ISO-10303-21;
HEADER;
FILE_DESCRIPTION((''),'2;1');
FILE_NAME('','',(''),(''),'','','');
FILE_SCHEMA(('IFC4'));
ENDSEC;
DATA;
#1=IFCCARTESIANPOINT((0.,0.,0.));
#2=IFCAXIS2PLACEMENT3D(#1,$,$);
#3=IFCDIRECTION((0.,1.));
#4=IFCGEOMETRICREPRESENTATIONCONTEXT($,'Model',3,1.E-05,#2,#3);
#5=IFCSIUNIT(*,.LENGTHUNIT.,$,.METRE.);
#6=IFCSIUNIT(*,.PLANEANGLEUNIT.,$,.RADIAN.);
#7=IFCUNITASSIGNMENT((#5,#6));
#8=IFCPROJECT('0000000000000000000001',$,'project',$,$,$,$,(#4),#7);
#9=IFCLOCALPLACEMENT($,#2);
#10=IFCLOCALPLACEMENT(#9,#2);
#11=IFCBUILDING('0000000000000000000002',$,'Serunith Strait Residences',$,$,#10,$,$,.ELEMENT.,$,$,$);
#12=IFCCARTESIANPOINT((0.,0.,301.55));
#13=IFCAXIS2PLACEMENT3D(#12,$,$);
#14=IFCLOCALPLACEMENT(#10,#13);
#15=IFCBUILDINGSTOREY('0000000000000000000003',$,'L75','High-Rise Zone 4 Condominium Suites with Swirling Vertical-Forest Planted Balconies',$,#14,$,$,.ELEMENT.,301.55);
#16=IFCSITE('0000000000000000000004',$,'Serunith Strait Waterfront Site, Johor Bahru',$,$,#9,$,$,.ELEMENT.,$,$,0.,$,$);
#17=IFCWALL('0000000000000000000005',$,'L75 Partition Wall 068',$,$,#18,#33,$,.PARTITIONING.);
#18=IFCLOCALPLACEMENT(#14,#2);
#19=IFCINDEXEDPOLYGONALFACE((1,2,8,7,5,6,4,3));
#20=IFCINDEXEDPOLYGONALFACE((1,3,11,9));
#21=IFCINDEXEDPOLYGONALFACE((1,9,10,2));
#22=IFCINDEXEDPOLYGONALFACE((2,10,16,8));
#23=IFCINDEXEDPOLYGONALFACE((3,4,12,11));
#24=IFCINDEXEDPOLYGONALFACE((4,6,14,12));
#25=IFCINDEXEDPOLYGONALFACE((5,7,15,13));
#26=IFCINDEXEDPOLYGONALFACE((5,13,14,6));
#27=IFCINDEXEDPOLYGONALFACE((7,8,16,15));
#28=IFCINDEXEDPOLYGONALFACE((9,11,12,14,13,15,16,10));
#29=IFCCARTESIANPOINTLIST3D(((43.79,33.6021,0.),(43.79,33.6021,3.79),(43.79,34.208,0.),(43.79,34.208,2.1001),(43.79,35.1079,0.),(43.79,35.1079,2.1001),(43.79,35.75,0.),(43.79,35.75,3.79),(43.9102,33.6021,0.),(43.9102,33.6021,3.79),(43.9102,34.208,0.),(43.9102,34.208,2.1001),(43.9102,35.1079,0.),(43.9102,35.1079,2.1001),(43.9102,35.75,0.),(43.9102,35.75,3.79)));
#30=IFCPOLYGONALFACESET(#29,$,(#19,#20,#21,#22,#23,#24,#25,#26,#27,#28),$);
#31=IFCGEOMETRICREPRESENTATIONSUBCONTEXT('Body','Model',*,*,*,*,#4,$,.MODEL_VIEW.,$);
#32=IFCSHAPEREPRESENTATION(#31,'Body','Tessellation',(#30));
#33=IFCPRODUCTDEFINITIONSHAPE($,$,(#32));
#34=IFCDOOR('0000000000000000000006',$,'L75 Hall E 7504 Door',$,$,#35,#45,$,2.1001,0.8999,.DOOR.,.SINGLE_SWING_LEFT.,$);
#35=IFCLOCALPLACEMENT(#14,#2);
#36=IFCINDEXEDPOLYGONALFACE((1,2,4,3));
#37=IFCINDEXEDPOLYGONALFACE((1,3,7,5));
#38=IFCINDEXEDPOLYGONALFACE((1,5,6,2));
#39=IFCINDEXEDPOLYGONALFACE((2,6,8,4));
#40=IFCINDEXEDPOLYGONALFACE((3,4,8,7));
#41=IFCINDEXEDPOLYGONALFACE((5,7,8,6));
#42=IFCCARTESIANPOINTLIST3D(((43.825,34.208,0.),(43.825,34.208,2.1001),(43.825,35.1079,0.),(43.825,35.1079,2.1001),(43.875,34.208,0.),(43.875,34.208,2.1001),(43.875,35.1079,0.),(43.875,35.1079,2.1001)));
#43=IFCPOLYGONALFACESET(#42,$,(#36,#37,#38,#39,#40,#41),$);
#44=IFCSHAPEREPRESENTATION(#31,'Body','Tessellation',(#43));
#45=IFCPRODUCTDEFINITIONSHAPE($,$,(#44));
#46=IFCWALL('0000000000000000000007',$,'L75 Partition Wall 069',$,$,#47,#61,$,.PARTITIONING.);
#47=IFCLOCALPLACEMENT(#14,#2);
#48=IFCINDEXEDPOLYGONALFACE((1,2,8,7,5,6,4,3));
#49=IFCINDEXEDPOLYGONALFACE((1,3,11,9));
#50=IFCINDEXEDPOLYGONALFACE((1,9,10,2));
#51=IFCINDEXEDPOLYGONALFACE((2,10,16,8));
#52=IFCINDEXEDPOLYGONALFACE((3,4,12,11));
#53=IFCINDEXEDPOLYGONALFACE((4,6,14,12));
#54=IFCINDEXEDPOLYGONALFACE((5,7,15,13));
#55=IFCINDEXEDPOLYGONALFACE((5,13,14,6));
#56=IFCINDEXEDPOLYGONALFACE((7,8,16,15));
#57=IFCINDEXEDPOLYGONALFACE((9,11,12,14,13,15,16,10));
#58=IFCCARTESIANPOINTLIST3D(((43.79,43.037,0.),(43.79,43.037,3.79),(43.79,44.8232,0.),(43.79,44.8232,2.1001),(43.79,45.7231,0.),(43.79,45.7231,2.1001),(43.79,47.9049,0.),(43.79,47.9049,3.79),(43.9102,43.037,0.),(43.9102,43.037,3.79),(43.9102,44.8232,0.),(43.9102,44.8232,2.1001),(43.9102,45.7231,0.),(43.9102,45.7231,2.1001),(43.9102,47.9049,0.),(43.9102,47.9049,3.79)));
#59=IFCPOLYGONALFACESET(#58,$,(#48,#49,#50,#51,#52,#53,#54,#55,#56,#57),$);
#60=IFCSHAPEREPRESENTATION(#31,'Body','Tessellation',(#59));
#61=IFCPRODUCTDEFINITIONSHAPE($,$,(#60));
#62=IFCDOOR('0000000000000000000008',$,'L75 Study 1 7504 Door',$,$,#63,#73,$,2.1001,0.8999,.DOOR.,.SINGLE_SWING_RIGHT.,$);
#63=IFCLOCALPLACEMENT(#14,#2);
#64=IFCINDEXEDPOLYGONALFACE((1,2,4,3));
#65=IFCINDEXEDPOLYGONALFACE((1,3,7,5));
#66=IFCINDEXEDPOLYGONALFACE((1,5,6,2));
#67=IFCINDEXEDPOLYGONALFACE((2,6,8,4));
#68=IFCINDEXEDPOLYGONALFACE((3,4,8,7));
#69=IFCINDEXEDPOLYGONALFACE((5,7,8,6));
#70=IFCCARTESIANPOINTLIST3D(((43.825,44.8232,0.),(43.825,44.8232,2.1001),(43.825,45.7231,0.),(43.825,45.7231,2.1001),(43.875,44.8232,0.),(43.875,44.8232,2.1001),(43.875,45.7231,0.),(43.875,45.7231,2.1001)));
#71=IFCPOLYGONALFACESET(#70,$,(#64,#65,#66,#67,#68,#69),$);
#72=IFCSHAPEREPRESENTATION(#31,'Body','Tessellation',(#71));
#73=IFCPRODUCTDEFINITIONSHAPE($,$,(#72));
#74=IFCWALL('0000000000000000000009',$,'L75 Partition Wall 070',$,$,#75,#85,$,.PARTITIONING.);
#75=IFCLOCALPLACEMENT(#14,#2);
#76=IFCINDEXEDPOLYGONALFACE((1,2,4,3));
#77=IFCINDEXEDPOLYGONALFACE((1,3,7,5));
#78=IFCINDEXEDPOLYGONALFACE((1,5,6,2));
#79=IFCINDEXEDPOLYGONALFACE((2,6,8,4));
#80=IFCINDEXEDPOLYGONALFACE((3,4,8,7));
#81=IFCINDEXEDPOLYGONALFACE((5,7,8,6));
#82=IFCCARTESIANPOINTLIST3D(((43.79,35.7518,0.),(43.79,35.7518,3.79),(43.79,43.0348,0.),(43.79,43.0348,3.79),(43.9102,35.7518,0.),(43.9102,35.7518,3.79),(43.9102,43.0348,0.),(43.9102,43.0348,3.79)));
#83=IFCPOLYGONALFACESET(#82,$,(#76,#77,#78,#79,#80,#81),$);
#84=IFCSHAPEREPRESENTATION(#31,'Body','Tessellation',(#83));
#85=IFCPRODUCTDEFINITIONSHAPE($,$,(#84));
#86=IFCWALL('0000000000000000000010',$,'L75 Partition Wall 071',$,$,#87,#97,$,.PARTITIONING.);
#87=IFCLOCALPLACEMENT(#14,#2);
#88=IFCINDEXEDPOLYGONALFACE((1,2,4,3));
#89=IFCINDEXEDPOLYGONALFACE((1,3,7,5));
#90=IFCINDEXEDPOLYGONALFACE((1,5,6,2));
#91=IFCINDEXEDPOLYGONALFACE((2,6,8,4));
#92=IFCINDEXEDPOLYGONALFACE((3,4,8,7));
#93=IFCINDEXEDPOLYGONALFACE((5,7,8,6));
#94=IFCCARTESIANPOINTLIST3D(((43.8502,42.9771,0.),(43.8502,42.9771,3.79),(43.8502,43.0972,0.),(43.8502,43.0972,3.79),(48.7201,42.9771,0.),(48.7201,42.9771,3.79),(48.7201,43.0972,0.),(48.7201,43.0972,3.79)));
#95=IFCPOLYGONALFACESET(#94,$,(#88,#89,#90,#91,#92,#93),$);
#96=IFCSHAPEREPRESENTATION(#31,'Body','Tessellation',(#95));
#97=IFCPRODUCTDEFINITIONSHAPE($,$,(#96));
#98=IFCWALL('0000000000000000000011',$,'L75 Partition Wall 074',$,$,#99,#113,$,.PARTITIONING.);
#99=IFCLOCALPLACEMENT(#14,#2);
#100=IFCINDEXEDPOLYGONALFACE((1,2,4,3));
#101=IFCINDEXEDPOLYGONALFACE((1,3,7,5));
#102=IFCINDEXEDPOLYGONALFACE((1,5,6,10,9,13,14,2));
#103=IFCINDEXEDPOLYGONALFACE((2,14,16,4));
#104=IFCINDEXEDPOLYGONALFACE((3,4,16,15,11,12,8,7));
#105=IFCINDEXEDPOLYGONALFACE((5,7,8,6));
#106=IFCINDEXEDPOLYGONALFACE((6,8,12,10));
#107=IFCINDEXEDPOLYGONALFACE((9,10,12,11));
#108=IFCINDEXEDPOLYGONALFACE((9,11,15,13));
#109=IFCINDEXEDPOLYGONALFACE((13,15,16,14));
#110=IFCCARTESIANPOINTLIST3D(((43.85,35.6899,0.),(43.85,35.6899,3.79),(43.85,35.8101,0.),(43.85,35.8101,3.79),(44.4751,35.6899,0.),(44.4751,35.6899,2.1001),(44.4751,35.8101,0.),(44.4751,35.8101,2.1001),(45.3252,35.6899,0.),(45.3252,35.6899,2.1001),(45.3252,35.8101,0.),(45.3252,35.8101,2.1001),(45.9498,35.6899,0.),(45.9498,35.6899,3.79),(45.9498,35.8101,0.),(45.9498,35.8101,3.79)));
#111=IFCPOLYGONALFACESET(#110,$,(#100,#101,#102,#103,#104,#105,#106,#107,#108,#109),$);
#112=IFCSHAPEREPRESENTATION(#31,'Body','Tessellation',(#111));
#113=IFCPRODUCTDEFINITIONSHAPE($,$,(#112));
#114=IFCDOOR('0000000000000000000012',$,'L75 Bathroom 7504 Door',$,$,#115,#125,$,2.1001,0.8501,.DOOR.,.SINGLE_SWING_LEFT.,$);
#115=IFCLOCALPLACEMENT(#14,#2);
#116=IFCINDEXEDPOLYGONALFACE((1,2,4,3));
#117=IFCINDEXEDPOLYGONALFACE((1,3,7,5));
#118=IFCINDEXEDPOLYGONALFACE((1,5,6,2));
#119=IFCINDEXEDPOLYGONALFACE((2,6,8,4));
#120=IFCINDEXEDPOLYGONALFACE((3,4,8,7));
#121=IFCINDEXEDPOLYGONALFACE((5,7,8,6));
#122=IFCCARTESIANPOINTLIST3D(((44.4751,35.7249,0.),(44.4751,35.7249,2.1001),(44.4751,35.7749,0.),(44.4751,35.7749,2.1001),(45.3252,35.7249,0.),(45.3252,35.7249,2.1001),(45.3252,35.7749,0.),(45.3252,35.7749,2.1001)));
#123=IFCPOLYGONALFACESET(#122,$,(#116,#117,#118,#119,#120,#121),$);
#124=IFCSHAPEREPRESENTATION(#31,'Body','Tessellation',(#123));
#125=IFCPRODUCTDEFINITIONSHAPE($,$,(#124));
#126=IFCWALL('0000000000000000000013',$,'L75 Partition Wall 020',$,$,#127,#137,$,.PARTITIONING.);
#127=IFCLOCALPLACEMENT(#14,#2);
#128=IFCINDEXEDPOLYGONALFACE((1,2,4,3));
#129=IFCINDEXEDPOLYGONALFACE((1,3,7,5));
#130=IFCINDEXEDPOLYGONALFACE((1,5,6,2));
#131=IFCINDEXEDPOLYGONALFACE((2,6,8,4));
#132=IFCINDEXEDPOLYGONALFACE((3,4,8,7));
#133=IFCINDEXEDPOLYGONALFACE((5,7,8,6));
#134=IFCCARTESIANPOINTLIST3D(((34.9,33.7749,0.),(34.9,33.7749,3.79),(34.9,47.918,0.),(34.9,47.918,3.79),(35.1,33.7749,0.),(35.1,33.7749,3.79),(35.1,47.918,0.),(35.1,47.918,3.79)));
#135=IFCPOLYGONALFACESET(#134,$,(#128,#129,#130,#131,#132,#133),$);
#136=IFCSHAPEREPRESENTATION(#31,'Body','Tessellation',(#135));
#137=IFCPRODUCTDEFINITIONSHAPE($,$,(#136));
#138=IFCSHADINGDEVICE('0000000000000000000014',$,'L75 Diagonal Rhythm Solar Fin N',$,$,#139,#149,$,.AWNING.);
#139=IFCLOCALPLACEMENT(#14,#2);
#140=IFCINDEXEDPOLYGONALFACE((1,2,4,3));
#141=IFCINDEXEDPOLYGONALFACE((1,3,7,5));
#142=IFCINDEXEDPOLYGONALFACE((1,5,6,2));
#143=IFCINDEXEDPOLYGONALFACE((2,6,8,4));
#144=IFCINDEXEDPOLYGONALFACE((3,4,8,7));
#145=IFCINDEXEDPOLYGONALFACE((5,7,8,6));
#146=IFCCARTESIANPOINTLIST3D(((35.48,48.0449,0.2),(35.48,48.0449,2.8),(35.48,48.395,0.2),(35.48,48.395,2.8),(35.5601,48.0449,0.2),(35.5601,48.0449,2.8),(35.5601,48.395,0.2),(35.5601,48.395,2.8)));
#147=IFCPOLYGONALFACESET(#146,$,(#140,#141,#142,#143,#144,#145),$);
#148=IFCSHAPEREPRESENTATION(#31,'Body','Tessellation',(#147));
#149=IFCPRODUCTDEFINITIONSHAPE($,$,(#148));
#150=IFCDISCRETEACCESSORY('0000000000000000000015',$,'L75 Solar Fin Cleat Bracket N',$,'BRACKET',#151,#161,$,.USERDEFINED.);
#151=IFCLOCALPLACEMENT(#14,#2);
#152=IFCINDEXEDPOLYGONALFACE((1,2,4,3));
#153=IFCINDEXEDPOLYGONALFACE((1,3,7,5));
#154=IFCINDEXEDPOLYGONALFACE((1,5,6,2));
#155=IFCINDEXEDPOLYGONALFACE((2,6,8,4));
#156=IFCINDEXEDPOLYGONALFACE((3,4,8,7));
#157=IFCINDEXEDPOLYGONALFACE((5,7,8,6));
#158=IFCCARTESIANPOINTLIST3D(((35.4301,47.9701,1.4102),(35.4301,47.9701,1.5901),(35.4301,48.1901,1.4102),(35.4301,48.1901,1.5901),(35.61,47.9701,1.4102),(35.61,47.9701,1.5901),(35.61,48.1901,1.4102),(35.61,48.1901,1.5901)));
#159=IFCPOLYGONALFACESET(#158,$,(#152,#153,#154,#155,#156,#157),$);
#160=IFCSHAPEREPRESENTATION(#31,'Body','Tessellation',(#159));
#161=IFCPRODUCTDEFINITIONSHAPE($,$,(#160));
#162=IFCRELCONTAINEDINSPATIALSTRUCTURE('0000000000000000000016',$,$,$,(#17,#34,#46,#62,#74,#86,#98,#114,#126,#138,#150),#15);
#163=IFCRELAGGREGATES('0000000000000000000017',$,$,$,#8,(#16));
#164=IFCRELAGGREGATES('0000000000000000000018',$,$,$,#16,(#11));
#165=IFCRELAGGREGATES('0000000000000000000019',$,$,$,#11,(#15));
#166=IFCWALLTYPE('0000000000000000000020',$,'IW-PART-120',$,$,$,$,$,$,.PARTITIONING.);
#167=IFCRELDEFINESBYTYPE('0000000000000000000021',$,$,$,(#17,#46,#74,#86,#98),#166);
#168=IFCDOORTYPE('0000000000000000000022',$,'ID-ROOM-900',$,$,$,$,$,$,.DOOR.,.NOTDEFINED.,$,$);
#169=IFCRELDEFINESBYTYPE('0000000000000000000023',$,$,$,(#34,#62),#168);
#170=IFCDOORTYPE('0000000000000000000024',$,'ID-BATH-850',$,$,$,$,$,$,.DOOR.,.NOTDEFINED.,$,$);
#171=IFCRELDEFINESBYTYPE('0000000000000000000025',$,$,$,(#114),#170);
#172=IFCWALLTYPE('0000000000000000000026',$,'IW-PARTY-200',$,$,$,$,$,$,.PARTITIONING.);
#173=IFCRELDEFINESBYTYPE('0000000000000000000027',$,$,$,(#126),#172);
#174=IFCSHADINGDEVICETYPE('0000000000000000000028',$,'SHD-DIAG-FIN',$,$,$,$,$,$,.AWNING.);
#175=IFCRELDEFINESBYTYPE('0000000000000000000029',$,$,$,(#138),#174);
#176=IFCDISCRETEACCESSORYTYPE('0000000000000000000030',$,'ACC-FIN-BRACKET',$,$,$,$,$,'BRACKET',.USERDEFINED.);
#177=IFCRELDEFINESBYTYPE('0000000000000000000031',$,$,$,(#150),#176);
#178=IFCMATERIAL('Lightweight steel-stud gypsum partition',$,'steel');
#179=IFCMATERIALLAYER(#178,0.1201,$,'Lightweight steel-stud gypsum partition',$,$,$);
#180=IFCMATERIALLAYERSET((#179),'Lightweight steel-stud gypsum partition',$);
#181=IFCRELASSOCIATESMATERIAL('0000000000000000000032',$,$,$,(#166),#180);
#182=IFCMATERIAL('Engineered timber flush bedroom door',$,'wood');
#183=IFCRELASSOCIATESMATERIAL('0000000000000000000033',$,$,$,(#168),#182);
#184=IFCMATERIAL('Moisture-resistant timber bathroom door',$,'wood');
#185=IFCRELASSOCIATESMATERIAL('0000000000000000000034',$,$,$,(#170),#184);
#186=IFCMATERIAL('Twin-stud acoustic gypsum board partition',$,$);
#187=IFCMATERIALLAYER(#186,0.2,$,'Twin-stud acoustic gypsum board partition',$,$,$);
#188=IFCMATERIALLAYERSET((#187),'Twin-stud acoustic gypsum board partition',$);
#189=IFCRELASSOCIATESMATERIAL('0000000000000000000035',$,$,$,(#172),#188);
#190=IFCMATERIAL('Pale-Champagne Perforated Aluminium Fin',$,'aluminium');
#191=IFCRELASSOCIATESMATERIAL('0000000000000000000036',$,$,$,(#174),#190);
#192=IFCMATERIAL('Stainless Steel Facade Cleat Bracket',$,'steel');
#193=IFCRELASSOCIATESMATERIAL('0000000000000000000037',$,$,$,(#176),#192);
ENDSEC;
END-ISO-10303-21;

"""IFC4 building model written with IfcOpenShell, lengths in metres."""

from ifc_helpers import new_model, si_unit, direction, frame, frame_2d, origin, origin_2d, place, context, subcontext, project, spatial, rectangle, extrude, source, transform, mapped, material, layer, layer_set, type_object, element, fill, save


model = new_model("IFC4")

# Units and contexts
model_context = context("Model", 3, precision=1e-05, world=origin(), true_north=direction((0.0, 1.0)))
body_context = subcontext(model_context, "Body", "Model", "MODEL_VIEW")
ifc_project = project(units=[si_unit("LENGTHUNIT", "METRE"), si_unit("PLANEANGLEUNIT", "RADIAN")], contexts=[model_context])

# Site, building, storey
site_placement = place(None, origin())
site = spatial("IfcSite", under=ifc_project, at=site_placement, Name="Serunith Strait Waterfront Site, Johor Bahru", CompositionType="ELEMENT", RefElevation=0.0)
building_placement = place(site_placement, origin())
building = spatial("IfcBuilding", under=site, at=building_placement, Name="Serunith Strait Residences", CompositionType="ELEMENT")
storey_placement = place(building_placement, frame((0.0, 0.0, 301.55)))
storey = spatial("IfcBuildingStorey", under=building, at=storey_placement, Name="L75", Description="High-Rise Zone 4 Condominium Suites with Swirling Vertical-Forest Planted Balconies", CompositionType="ELEMENT", Elevation=301.55)

# Walls, openings, doors
ifc_material_1 = material(Name="Lightweight steel-stud gypsum partition", Category="steel")
ifc_layer_1 = layer(ifc_material_1, 0.1201, Name="Lightweight steel-stud gypsum partition")
ifc_layer_set_1 = layer_set([ifc_layer_1], Name="Lightweight steel-stud gypsum partition")
wall_type_1 = type_object("IfcWallType", Name="IW-PART-120", PredefinedType="PARTITIONING", material=ifc_layer_set_1)
wall_1_placement = place(storey_placement, frame((43.8501, 35.75, 0.0), z_axis=(0.0, 0.0, 1.0), x_axis=(0.0, -1.0, 0.0)))
wall_1 = element("IfcWall", 1, at=wall_1_placement, inside=storey, type_object=wall_type_1, Name="L75 Partition Wall 068", PredefinedType="PARTITIONING", context=body_context, shape_type="SweptSolid", body=[
    extrude(rectangle(XDim=2.1479, YDim=0.1201, at=frame_2d((1.074, 0.0))), origin(), (0.0, 0.0, 1.0), 3.79),
])
opening_1_placement = place(wall_1_placement, frame((0.6421, 0.0, 0.0)))
opening_1 = element("IfcOpeningElement", 2, at=opening_1_placement, cuts=wall_1, PredefinedType="OPENING", context=body_context, shape_type="SweptSolid", body=[
    extrude(rectangle(XDim=0.8999, YDim=2.1001, at=frame_2d((0.45, 1.05))), frame((0.0, 0.0701, 0.0), z_axis=(0.0, -1.0, 0.0), x_axis=(1.0, 0.0, 0.0)), (0.0, 0.0, 1.0), 0.1401),
])
ifc_material_2 = material(Name="Engineered timber flush bedroom door", Category="wood")
door_type_1 = type_object("IfcDoorType", Name="ID-ROOM-900", OperationType="NOTDEFINED", PredefinedType="DOOR", material=ifc_material_2)
shared_shape_1 = source(origin(), body_context, "Body", "SweptSolid", [
    extrude(rectangle(XDim=0.8999, YDim=2.1001, at=frame_2d((0.45, 1.05))), frame((0.0, 0.0249, 0.0), z_axis=(0.0, -1.0, 0.0), x_axis=(1.0, 0.0, 0.0)), (0.0, 0.0, 1.0), 0.05),
])
door_1_placement = place(opening_1_placement, origin())
door_1 = element("IfcDoor", 3, at=door_1_placement, inside=storey, type_object=door_type_1, Name="L75 Hall E 7504 Door", OperationType="SINGLE_SWING_LEFT", OverallHeight=2.1001, OverallWidth=0.8999, PredefinedType="DOOR", context=body_context, shape_type="MappedRepresentation", body=[
    mapped(shared_shape_1, transform((0.0, 0.0, 0.0), scale=1.0)),
])
fill(opening_1, door_1)
wall_2_placement = place(storey_placement, frame((43.8501, 47.905, 0.0), z_axis=(0.0, 0.0, 1.0), x_axis=(0.0, -1.0, 0.0)))
wall_2 = element("IfcWall", 4, at=wall_2_placement, inside=storey, type_object=wall_type_1, Name="L75 Partition Wall 069", PredefinedType="PARTITIONING", context=body_context, shape_type="SweptSolid", body=[
    extrude(rectangle(XDim=4.8679, YDim=0.1201, at=frame_2d((2.4341, 0.0))), origin(), (0.0, 0.0, 1.0), 3.79),
])
opening_2_placement = place(wall_2_placement, frame((2.1819, 0.0, 0.0)))
opening_2 = element("IfcOpeningElement", 5, at=opening_2_placement, cuts=wall_2, PredefinedType="OPENING", context=body_context, shape_type="SweptSolid", body=[
    extrude(rectangle(XDim=0.8999, YDim=2.1001, at=frame_2d((0.45, 1.05))), frame((0.0, 0.0701, 0.0), z_axis=(0.0, -1.0, 0.0), x_axis=(1.0, 0.0, 0.0)), (0.0, 0.0, 1.0), 0.1401),
])
door_2_placement = place(opening_2_placement, origin())
door_2 = element("IfcDoor", 6, at=door_2_placement, inside=storey, type_object=door_type_1, Name="L75 Study 1 7504 Door", OperationType="SINGLE_SWING_RIGHT", OverallHeight=2.1001, OverallWidth=0.8999, PredefinedType="DOOR", context=body_context, shape_type="MappedRepresentation", body=[
    mapped(shared_shape_1, transform((0.0, 0.0, 0.0), scale=1.0)),
])
fill(opening_2, door_2)

# Walls
wall_3_placement = place(storey_placement, frame((43.8501, 43.0349, 0.0), z_axis=(0.0, 0.0, 1.0), x_axis=(0.0, -1.0, 0.0)))
element("IfcWall", 7, at=wall_3_placement, inside=storey, type_object=wall_type_1, Name="L75 Partition Wall 070", PredefinedType="PARTITIONING", context=body_context, shape_type="SweptSolid", body=[
    extrude(rectangle(XDim=7.283, YDim=0.1201, at=frame_2d((3.6416, 0.0))), origin(), (0.0, 0.0, 1.0), 3.79),
])
wall_4_placement = place(storey_placement, frame((43.8501, 43.0371, 0.0), z_axis=(0.0, 0.0, 1.0), x_axis=(1.0, 0.0, 0.0)))
element("IfcWall", 8, at=wall_4_placement, inside=storey, type_object=wall_type_1, Name="L75 Partition Wall 071", PredefinedType="PARTITIONING", context=body_context, shape_type="SweptSolid", body=[
    extrude(rectangle(XDim=4.8699, YDim=0.1201, at=frame_2d((2.4351, 0.0))), origin(), (0.0, 0.0, 1.0), 3.79),
])

# Wall, opening, door
wall_5_placement = place(storey_placement, frame((43.8501, 35.75, 0.0), z_axis=(0.0, 0.0, 1.0), x_axis=(1.0, 0.0, 0.0)))
wall_5 = element("IfcWall", 9, at=wall_5_placement, inside=storey, type_object=wall_type_1, Name="L75 Partition Wall 074", PredefinedType="PARTITIONING", context=body_context, shape_type="SweptSolid", body=[
    extrude(rectangle(XDim=2.0999, YDim=0.1201, at=frame_2d((1.0498, 0.0))), origin(), (0.0, 0.0, 1.0), 3.79),
])
opening_3_placement = place(wall_5_placement, frame((0.625, 0.0, 0.0)))
opening_3 = element("IfcOpeningElement", 10, at=opening_3_placement, cuts=wall_5, PredefinedType="OPENING", context=body_context, shape_type="SweptSolid", body=[
    extrude(rectangle(XDim=0.8501, YDim=2.1001, at=frame_2d((0.425, 1.05))), frame((0.0, 0.0701, 0.0), z_axis=(0.0, -1.0, 0.0), x_axis=(1.0, 0.0, 0.0)), (0.0, 0.0, 1.0), 0.1401),
])
ifc_material_3 = material(Name="Moisture-resistant timber bathroom door", Category="wood")
door_type_2 = type_object("IfcDoorType", Name="ID-BATH-850", OperationType="NOTDEFINED", PredefinedType="DOOR", material=ifc_material_3)
shared_shape_2 = source(origin(), body_context, "Body", "SweptSolid", [
    extrude(rectangle(XDim=0.8501, YDim=2.1001, at=frame_2d((0.425, 1.05))), frame((0.0, 0.0249, 0.0), z_axis=(0.0, -1.0, 0.0), x_axis=(1.0, 0.0, 0.0)), (0.0, 0.0, 1.0), 0.05),
])
door_3_placement = place(opening_3_placement, origin())
door_3 = element("IfcDoor", 11, at=door_3_placement, inside=storey, type_object=door_type_2, Name="L75 Bathroom 7504 Door", OperationType="SINGLE_SWING_LEFT", OverallHeight=2.1001, OverallWidth=0.8501, PredefinedType="DOOR", context=body_context, shape_type="MappedRepresentation", body=[
    mapped(shared_shape_2, transform((0.0, 0.0, 0.0), scale=1.0)),
])
fill(opening_3, door_3)

# Wall
ifc_material_4 = material(Name="Twin-stud acoustic gypsum board partition")
ifc_layer_2 = layer(ifc_material_4, 0.2, Name="Twin-stud acoustic gypsum board partition")
ifc_layer_set_2 = layer_set([ifc_layer_2], Name="Twin-stud acoustic gypsum board partition")
wall_type_2 = type_object("IfcWallType", Name="IW-PARTY-200", PredefinedType="PARTITIONING", material=ifc_layer_set_2)
wall_6_placement = place(storey_placement, frame((35.0, 33.7749, 0.0), z_axis=(0.0, 0.0, 1.0), x_axis=(0.0, 1.0, 0.0)))
element("IfcWall", 12, at=wall_6_placement, inside=storey, type_object=wall_type_2, Name="L75 Partition Wall 020", PredefinedType="PARTITIONING", context=body_context, shape_type="SweptSolid", body=[
    extrude(rectangle(XDim=14.1431, YDim=0.2, at=frame_2d((7.0715, 0.0))), origin(), (0.0, 0.0, 1.0), 3.79),
])

# Shading device
ifc_material_5 = material(Name="Pale-Champagne Perforated Aluminium Fin", Category="aluminium")
shading_device_type = type_object("IfcShadingDeviceType", Name="SHD-DIAG-FIN", PredefinedType="AWNING", material=ifc_material_5)
shared_shape_3 = source(origin(), body_context, "Body", "SweptSolid", [
    extrude(rectangle(XDim=0.0801, YDim=0.3501, at=origin_2d()), origin(), (0.0, 0.0, 1.0), 2.6001),
])
shading_device_placement = place(storey_placement, frame((35.52, 48.22, 0.2), z_axis=(0.0, 0.0, 1.0), x_axis=(1.0, 0.0, 0.0)))
element("IfcShadingDevice", 13, at=shading_device_placement, inside=storey, type_object=shading_device_type, Name="L75 Diagonal Rhythm Solar Fin N", PredefinedType="AWNING", context=body_context, shape_type="MappedRepresentation", body=[
    mapped(shared_shape_3, transform((0.0, 0.0, 0.0), scale=1.0)),
])

# Discrete accessory
ifc_material_6 = material(Name="Stainless Steel Facade Cleat Bracket", Category="steel")
discrete_accessory_type = type_object("IfcDiscreteAccessoryType", Name="ACC-FIN-BRACKET", ElementType="BRACKET", PredefinedType="USERDEFINED", material=ifc_material_6)
shared_shape_4 = source(origin(), body_context, "Body", "SweptSolid", [
    extrude(rectangle(XDim=0.1799, YDim=0.22, at=origin_2d()), origin(), (0.0, 0.0, 1.0), 0.1799),
])
discrete_accessory_placement = place(storey_placement, frame((35.52, 48.0801, 1.4102), z_axis=(0.0, 0.0, 1.0), x_axis=(1.0, 0.0, 0.0)))
element("IfcDiscreteAccessory", 14, at=discrete_accessory_placement, inside=storey, type_object=discrete_accessory_type, Name="L75 Solar Fin Cleat Bracket N", ObjectType="BRACKET", PredefinedType="USERDEFINED", context=body_context, shape_type="MappedRepresentation", body=[
    mapped(shared_shape_4, transform((0.0, 0.0, 0.0), scale=1.0)),
])

save(model, "model.ifc")
